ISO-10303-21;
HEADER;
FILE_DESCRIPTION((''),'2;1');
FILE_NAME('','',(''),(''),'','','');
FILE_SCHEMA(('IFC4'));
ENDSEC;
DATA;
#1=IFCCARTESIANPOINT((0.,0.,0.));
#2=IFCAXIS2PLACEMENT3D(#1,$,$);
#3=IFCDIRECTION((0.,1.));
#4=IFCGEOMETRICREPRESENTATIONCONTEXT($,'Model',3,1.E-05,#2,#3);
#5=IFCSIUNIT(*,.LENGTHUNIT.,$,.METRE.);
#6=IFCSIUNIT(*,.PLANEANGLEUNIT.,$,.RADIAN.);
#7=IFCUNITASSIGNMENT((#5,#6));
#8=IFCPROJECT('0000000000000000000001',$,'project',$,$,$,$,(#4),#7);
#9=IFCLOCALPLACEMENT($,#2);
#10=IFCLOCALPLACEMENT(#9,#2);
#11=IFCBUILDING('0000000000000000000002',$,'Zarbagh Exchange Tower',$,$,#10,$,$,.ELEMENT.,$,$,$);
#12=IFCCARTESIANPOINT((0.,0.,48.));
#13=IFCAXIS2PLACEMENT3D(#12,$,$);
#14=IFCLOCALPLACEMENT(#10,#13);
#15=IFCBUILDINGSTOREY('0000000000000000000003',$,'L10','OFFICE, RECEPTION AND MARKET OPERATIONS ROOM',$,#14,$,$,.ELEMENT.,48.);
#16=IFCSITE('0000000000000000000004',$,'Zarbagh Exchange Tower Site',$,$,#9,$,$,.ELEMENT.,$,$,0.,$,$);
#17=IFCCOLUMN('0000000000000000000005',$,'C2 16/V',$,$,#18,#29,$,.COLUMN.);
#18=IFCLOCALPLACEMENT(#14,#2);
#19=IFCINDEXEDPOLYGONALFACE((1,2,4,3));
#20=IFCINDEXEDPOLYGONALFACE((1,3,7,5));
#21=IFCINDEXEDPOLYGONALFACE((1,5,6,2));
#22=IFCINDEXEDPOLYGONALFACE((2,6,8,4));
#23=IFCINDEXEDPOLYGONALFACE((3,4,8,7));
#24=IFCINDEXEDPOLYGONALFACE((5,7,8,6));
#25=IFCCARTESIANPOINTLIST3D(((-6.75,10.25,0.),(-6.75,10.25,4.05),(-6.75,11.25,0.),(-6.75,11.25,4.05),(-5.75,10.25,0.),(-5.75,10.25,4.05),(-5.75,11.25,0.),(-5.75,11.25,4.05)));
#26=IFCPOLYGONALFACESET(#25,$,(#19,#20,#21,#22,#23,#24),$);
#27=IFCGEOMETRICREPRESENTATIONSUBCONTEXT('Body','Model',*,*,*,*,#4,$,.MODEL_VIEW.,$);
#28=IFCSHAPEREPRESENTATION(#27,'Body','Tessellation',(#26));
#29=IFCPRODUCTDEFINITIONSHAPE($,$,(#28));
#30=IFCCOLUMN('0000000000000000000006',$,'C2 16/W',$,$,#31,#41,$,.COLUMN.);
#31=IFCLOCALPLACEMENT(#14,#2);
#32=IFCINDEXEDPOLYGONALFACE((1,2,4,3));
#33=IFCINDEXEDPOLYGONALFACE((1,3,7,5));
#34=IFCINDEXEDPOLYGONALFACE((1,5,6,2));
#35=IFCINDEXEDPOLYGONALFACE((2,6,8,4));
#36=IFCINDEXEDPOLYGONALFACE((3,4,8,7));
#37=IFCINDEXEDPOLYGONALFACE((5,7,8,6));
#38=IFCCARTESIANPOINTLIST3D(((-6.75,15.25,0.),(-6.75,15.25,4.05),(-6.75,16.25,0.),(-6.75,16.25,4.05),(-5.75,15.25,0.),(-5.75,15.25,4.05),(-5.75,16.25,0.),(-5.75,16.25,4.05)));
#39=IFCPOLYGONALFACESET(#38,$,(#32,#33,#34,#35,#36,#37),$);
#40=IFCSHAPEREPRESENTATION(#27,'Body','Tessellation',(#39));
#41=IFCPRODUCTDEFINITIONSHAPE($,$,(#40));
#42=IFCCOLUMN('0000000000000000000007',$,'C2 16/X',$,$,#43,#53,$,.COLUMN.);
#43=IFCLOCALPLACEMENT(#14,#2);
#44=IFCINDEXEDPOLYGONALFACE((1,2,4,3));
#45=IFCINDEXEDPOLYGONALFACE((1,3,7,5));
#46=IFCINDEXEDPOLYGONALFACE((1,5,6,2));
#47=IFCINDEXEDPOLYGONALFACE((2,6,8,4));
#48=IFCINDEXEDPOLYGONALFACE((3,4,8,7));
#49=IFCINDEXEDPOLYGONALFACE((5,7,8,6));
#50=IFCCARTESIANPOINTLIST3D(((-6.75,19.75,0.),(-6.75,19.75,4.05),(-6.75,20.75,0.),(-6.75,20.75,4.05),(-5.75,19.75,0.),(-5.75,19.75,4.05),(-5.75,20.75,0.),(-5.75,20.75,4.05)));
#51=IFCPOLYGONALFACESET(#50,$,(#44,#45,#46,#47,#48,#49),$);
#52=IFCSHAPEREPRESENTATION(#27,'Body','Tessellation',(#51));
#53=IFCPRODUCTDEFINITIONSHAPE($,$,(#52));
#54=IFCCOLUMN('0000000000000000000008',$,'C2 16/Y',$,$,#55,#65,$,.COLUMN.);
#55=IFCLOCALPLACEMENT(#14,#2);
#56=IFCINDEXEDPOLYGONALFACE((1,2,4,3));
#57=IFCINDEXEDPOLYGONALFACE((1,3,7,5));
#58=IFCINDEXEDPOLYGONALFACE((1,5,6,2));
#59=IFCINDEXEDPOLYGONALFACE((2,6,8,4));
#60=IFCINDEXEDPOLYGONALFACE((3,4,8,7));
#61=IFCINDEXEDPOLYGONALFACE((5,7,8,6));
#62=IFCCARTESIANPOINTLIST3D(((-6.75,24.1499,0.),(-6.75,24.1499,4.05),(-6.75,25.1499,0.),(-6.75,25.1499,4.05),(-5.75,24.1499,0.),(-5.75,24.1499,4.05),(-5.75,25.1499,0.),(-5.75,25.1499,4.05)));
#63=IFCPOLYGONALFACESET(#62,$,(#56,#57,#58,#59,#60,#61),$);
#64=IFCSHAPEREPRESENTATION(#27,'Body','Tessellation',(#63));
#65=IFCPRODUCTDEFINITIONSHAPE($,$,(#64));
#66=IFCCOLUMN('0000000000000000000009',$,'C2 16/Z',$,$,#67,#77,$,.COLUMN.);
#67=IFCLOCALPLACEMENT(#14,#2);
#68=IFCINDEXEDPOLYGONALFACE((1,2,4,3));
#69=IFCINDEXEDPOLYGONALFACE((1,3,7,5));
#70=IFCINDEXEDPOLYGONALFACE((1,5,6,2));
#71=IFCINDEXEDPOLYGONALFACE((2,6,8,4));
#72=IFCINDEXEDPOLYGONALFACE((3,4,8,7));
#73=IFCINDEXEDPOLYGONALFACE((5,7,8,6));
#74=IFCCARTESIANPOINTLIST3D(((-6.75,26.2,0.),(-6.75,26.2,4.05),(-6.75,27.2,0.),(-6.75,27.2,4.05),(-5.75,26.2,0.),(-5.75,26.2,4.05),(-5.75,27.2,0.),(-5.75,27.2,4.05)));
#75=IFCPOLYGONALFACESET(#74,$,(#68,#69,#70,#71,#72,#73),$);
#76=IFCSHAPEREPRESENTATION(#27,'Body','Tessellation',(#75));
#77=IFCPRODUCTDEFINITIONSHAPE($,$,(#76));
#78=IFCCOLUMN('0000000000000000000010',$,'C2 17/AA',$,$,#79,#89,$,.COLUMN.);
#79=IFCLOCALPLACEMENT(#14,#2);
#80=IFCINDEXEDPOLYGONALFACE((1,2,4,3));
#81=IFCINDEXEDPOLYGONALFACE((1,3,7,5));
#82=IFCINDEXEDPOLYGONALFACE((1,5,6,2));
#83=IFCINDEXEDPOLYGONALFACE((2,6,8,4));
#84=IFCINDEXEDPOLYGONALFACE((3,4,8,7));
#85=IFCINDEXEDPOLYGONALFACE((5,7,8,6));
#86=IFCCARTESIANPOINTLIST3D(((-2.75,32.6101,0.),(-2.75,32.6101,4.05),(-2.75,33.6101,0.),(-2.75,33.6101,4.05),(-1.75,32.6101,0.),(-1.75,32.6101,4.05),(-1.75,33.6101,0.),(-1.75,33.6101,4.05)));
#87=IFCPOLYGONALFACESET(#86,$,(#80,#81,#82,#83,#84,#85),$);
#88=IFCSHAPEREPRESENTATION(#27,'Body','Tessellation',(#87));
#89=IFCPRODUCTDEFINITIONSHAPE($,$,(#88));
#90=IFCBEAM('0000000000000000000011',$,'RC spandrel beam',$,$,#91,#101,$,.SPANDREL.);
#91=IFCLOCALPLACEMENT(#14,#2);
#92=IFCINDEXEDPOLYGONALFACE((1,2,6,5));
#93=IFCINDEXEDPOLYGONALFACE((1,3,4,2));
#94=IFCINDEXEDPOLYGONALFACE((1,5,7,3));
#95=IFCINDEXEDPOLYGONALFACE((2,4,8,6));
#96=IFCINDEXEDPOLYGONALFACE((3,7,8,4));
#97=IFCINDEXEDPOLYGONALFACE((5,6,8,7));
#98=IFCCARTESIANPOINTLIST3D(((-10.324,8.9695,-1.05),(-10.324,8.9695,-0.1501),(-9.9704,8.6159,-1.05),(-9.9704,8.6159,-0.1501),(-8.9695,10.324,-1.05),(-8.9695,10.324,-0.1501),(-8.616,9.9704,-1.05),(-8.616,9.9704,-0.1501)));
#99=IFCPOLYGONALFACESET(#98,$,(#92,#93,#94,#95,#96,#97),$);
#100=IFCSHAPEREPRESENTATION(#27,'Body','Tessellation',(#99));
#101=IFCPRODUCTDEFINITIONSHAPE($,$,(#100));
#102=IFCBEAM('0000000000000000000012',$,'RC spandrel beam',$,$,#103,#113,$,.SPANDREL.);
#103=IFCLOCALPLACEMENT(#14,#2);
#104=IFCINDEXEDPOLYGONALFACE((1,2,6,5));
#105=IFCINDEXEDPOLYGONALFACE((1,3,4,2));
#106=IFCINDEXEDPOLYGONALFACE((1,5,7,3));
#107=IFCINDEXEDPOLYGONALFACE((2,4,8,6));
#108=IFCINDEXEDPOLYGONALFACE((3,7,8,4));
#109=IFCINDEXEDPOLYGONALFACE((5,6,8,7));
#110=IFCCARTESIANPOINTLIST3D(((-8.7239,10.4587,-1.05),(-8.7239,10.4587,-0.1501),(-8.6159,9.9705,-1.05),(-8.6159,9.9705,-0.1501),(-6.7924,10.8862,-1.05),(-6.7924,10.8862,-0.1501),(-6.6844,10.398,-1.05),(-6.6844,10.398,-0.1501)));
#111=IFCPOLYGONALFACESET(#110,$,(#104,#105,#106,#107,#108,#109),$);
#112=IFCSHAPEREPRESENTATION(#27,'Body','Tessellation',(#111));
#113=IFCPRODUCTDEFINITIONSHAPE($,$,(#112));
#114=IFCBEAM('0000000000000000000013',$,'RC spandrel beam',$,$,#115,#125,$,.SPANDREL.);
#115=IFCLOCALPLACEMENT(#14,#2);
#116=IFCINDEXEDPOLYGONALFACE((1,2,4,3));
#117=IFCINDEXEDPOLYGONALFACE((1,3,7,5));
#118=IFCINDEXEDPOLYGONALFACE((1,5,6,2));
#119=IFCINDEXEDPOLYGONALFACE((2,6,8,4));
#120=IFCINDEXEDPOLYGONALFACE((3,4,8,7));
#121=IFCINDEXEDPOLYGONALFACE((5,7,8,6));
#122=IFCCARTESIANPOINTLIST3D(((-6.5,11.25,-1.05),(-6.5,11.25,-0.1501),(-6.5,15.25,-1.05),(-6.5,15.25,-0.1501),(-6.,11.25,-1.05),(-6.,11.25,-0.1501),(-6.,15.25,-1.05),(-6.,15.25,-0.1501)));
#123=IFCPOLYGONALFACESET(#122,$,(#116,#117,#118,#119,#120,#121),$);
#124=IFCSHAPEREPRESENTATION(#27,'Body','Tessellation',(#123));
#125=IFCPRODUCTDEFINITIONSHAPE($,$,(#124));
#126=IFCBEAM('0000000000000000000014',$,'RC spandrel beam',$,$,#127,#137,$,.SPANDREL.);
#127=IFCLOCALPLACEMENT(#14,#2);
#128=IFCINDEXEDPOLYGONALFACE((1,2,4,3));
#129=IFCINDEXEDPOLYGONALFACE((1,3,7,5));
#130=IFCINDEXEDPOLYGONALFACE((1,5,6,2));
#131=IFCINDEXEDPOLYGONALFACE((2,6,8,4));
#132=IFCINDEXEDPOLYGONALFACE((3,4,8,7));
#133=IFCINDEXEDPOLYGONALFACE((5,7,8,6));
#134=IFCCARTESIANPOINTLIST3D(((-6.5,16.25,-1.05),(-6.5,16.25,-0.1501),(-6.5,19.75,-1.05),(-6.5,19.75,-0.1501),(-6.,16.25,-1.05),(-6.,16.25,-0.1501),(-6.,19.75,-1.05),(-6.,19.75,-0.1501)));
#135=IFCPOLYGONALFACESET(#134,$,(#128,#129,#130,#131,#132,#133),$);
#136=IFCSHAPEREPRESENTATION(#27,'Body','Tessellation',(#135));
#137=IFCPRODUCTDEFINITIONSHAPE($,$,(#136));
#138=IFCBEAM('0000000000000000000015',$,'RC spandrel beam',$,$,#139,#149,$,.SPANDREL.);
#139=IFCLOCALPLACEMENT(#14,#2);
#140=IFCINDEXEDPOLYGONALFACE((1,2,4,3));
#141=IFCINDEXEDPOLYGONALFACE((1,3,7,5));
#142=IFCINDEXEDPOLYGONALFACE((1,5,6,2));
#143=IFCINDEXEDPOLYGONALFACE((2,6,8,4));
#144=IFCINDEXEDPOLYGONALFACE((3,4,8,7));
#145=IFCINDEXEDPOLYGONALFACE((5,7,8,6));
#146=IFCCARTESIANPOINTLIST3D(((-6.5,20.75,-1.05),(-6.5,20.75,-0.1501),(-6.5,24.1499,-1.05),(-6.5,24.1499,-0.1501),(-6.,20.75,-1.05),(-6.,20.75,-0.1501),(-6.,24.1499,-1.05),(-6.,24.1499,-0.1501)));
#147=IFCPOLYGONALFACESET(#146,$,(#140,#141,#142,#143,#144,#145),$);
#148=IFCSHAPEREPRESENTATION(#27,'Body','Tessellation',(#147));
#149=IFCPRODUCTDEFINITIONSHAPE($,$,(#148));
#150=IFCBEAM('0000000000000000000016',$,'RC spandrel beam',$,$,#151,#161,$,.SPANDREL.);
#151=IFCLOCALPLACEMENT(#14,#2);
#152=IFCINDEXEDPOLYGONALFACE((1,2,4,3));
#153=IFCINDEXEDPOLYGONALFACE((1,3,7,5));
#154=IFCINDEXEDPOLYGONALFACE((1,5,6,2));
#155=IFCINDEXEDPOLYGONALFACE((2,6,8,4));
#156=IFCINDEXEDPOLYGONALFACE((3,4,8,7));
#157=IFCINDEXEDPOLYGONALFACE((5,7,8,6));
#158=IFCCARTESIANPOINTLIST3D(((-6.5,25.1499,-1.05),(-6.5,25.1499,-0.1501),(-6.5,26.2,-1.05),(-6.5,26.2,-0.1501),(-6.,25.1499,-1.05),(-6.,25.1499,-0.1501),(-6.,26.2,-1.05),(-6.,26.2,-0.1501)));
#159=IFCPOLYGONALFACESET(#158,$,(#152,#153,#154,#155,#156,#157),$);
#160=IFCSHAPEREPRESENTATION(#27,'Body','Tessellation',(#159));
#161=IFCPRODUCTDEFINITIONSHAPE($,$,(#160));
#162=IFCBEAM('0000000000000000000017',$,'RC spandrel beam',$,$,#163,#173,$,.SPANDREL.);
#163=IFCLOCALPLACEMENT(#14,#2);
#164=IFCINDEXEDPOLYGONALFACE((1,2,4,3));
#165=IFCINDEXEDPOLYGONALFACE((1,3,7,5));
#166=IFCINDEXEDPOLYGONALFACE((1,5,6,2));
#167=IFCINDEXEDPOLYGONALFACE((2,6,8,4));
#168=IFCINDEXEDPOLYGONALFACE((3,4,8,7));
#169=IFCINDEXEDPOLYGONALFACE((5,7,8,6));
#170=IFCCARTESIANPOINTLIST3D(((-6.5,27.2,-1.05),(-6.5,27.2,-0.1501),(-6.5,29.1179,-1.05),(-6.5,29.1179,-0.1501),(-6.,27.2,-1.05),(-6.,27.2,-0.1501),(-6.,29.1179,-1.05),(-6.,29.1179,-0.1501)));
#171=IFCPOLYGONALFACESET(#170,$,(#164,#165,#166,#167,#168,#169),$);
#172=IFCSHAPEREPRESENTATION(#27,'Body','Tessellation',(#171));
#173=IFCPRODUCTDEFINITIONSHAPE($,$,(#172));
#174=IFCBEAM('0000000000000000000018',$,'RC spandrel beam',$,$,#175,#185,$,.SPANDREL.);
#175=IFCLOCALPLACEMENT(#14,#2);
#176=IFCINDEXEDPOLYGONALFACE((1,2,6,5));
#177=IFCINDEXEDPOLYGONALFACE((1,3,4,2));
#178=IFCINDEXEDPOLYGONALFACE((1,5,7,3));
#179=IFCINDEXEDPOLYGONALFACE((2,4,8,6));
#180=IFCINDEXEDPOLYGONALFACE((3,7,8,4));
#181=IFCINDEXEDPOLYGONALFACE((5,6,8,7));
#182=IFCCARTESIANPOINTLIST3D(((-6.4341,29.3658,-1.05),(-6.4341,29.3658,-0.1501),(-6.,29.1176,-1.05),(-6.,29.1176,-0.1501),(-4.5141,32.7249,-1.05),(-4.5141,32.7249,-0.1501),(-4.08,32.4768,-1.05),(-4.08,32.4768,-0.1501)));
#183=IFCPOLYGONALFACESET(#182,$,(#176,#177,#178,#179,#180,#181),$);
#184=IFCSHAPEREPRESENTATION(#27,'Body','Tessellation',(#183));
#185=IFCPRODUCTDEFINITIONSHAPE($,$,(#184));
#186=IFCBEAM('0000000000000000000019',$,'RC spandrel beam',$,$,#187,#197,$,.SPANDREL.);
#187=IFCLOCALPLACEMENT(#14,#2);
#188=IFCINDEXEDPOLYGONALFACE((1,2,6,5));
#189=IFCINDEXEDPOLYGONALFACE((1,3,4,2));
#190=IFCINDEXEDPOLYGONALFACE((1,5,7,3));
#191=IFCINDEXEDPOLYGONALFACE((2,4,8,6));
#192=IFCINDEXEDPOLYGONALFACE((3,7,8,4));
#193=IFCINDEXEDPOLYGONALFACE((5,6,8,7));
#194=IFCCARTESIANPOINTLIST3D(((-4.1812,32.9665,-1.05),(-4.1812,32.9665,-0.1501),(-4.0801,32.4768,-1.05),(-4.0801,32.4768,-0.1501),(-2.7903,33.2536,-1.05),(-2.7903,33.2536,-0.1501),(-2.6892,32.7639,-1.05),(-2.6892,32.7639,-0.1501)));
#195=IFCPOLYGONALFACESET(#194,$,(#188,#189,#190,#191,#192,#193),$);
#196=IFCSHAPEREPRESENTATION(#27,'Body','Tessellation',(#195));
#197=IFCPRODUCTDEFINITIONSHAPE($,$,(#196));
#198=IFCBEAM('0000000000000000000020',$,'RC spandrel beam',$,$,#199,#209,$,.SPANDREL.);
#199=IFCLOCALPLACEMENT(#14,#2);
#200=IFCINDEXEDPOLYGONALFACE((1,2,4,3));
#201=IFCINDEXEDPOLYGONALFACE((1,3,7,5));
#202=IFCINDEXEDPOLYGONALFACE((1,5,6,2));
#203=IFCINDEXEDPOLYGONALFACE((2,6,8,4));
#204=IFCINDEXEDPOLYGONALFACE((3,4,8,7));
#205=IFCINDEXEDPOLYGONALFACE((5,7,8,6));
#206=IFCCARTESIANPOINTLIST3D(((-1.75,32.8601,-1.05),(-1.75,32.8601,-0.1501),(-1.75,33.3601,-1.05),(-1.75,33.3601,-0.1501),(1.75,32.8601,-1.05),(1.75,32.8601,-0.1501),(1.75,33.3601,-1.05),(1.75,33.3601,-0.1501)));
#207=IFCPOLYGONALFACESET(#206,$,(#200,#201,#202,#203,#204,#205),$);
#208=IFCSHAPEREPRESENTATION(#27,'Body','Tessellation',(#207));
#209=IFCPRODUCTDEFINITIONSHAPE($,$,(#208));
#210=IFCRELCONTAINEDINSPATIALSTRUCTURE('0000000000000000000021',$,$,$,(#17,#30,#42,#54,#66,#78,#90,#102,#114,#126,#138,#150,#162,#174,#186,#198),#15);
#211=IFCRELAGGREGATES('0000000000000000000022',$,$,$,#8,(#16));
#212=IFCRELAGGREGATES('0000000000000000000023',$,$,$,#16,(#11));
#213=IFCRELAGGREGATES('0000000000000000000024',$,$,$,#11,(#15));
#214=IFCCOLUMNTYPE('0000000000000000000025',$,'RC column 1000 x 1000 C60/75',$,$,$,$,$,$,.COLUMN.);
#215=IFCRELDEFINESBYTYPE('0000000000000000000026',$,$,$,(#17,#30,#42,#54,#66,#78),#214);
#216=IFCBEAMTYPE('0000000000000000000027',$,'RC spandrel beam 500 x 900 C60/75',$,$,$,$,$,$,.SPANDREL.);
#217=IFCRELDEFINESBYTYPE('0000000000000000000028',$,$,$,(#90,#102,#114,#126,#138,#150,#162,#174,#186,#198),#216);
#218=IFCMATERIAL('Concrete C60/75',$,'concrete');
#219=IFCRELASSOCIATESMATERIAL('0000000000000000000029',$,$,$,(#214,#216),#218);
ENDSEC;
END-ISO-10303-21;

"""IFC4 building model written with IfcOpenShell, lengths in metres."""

from ifc_helpers import new_model, si_unit, direction, frame, origin, origin_2d, place, context, subcontext, project, spatial, rectangle, extrude, material, material_profile, profile_set, type_object, element, save


model = new_model("IFC4")

# Units and contexts
model_context = context("Model", 3, precision=1e-05, world=origin(), true_north=direction((0.0, 1.0)))
body_context = subcontext(model_context, "Body", "Model", "MODEL_VIEW")
ifc_project = project(units=[si_unit("LENGTHUNIT", "METRE"), si_unit("PLANEANGLEUNIT", "RADIAN")], contexts=[model_context])

# Site, building, storey
site_placement = place(None, origin())
site = spatial("IfcSite", under=ifc_project, at=site_placement, Name="Zarbagh Exchange Tower Site", CompositionType="ELEMENT", RefElevation=0.0)
building_placement = place(site_placement, origin())
building = spatial("IfcBuilding", under=site, at=building_placement, Name="Zarbagh Exchange Tower", CompositionType="ELEMENT")
storey_placement = place(building_placement, frame((0.0, 0.0, 48.0)))
storey = spatial("IfcBuildingStorey", under=building, at=storey_placement, Name="L10", Description="OFFICE, RECEPTION AND MARKET OPERATIONS ROOM", CompositionType="ELEMENT", Elevation=48.0)

# Columns
ifc_material_1 = material(Name="Concrete C60/75", Category="concrete")
ifc_material_profile_1 = material_profile(ifc_material_1, rectangle(XDim=1.0, YDim=1.0, at=origin_2d()), Name="RC column 1000 x 1000 C60/75")
ifc_profile_set_1 = profile_set([ifc_material_profile_1], Name="Concrete C60/75")
column_type = type_object("IfcColumnType", Name="RC column 1000 x 1000 C60/75", PredefinedType="COLUMN", material=ifc_profile_set_1)
for number, where, z_axis, x_axis, name in (
    (1, (-6.25, 10.75, 0.0), (0.0, 0.0, 1.0), (1.0, 0.0, 0.0), "C2 16/V"),
    (2, (-6.25, 15.75, 0.0), (0.0, 0.0, 1.0), (1.0, 0.0, 0.0), "C2 16/W"),
    (3, (-6.25, 20.25, 0.0), (0.0, 0.0, 1.0), (1.0, 0.0, 0.0), "C2 16/X"),
    (4, (-6.25, 24.6499, 0.0), (0.0, 0.0, 1.0), (1.0, 0.0, 0.0), "C2 16/Y"),
    (5, (-6.25, 26.7, 0.0), (0.0, 0.0, 1.0), (1.0, 0.0, 0.0), "C2 16/Z"),
    (6, (-2.25, 33.1101, 0.0), (0.0, 0.0, 1.0), (1.0, 0.0, 0.0), "C2 17/AA"),
):
    element("IfcColumn", number, at=place(storey_placement, frame(where, z_axis=z_axis, x_axis=x_axis)), inside=storey, type_object=column_type, Name=name, PredefinedType="COLUMN", context=body_context, shape_type="SweptSolid", body=[
        extrude(rectangle(XDim=1.0, YDim=1.0, at=origin_2d()), origin(), (0.0, 0.0, 1.0), 4.05),
    ])

# Beams
ifc_material_profile_2 = material_profile(ifc_material_1, rectangle(XDim=0.5, YDim=0.8999, at=origin_2d()), Name="RC spandrel beam 500 x 900 C60/75")
ifc_profile_set_2 = profile_set([ifc_material_profile_2], Name="Concrete C60/75")
beam_type = type_object("IfcBeamType", Name="RC spandrel beam 500 x 900 C60/75", PredefinedType="SPANDREL", material=ifc_profile_set_2)
beam_1_placement = place(storey_placement, frame((-10.1472, 8.7927, -0.6001), z_axis=(0.707107, 0.707107, 0.0), x_axis=(-0.707107, 0.707107, 0.0)))
element("IfcBeam", 7, at=beam_1_placement, inside=storey, type_object=beam_type, Name="RC spandrel beam", PredefinedType="SPANDREL", context=body_context, shape_type="SweptSolid", body=[
    extrude(rectangle(XDim=0.5, YDim=0.8999, at=origin_2d()), origin(), (0.0, 0.0, 1.0), 1.9155),
])
beam_2_placement = place(storey_placement, frame((-8.6699, 10.2146, -0.6001), z_axis=(0.976375, 0.216081, 0.0), x_axis=(-0.216081, 0.976375, 0.0)))
element("IfcBeam", 8, at=beam_2_placement, inside=storey, type_object=beam_type, Name="RC spandrel beam", PredefinedType="SPANDREL", context=body_context, shape_type="SweptSolid", body=[
    extrude(rectangle(XDim=0.5, YDim=0.8999, at=origin_2d()), origin(), (0.0, 0.0, 1.0), 1.9783),
])
beam_3_placement = place(storey_placement, frame((-6.25, 11.25, -0.6001), z_axis=(0.0, 1.0, 0.0), x_axis=(-1.0, 0.0, 0.0)))
element("IfcBeam", 9, at=beam_3_placement, inside=storey, type_object=beam_type, Name="RC spandrel beam", PredefinedType="SPANDREL", context=body_context, shape_type="SweptSolid", body=[
    extrude(rectangle(XDim=0.5, YDim=0.8999, at=origin_2d()), origin(), (0.0, 0.0, 1.0), 4.0),
])
beam_4_placement = place(storey_placement, frame((-6.25, 16.25, -0.6001), z_axis=(0.0, 1.0, 0.0), x_axis=(-1.0, 0.0, 0.0)))
element("IfcBeam", 10, at=beam_4_placement, inside=storey, type_object=beam_type, Name="RC spandrel beam", PredefinedType="SPANDREL", context=body_context, shape_type="SweptSolid", body=[
    extrude(rectangle(XDim=0.5, YDim=0.8999, at=origin_2d()), origin(), (0.0, 0.0, 1.0), 3.5),
])
beam_5_placement = place(storey_placement, frame((-6.25, 20.75, -0.6001), z_axis=(0.0, 1.0, 0.0), x_axis=(-1.0, 0.0, 0.0)))
element("IfcBeam", 11, at=beam_5_placement, inside=storey, type_object=beam_type, Name="RC spandrel beam", PredefinedType="SPANDREL", context=body_context, shape_type="SweptSolid", body=[
    extrude(rectangle(XDim=0.5, YDim=0.8999, at=origin_2d()), origin(), (0.0, 0.0, 1.0), 3.3999),
])
beam_6_placement = place(storey_placement, frame((-6.25, 25.1499, -0.6001), z_axis=(0.0, 1.0, 0.0), x_axis=(-1.0, 0.0, 0.0)))
element("IfcBeam", 12, at=beam_6_placement, inside=storey, type_object=beam_type, Name="RC spandrel beam", PredefinedType="SPANDREL", context=body_context, shape_type="SweptSolid", body=[
    extrude(rectangle(XDim=0.5, YDim=0.8999, at=origin_2d()), origin(), (0.0, 0.0, 1.0), 1.05),
])
beam_7_placement = place(storey_placement, frame((-6.25, 27.2, -0.6001), z_axis=(0.0, 1.0, 0.0), x_axis=(-1.0, 0.0, 0.0)))
element("IfcBeam", 13, at=beam_7_placement, inside=storey, type_object=beam_type, Name="RC spandrel beam", PredefinedType="SPANDREL", context=body_context, shape_type="SweptSolid", body=[
    extrude(rectangle(XDim=0.5, YDim=0.8999, at=origin_2d()), origin(), (0.0, 0.0, 1.0), 1.918),
])
beam_8_placement = place(storey_placement, frame((-6.217, 29.2417, -0.6001), z_axis=(0.49622, 0.868197, 0.0), x_axis=(-0.868197, 0.49622, 0.0)))
element("IfcBeam", 14, at=beam_8_placement, inside=storey, type_object=beam_type, Name="RC spandrel beam", PredefinedType="SPANDREL", context=body_context, shape_type="SweptSolid", body=[
    extrude(rectangle(XDim=0.5, YDim=0.8999, at=origin_2d()), origin(), (0.0, 0.0, 1.0), 3.8691),
])
beam_9_placement = place(storey_placement, frame((-4.1306, 32.7217, -0.6001), z_axis=(0.979352, 0.202162, 0.0), x_axis=(-0.202162, 0.979352, 0.0)))
element("IfcBeam", 15, at=beam_9_placement, inside=storey, type_object=beam_type, Name="RC spandrel beam", PredefinedType="SPANDREL", context=body_context, shape_type="SweptSolid", body=[
    extrude(rectangle(XDim=0.5, YDim=0.8999, at=origin_2d()), origin(), (0.0, 0.0, 1.0), 1.4202),
])
beam_10_placement = place(storey_placement, frame((-1.75, 33.1101, -0.6001), z_axis=(1.0, 0.0, 0.0), x_axis=(0.0, 1.0, 0.0)))
element("IfcBeam", 16, at=beam_10_placement, inside=storey, type_object=beam_type, Name="RC spandrel beam", PredefinedType="SPANDREL", context=body_context, shape_type="SweptSolid", body=[
    extrude(rectangle(XDim=0.5, YDim=0.8999, at=origin_2d()), origin(), (0.0, 0.0, 1.0), 3.5),
])

save(model, "model.ifc")
